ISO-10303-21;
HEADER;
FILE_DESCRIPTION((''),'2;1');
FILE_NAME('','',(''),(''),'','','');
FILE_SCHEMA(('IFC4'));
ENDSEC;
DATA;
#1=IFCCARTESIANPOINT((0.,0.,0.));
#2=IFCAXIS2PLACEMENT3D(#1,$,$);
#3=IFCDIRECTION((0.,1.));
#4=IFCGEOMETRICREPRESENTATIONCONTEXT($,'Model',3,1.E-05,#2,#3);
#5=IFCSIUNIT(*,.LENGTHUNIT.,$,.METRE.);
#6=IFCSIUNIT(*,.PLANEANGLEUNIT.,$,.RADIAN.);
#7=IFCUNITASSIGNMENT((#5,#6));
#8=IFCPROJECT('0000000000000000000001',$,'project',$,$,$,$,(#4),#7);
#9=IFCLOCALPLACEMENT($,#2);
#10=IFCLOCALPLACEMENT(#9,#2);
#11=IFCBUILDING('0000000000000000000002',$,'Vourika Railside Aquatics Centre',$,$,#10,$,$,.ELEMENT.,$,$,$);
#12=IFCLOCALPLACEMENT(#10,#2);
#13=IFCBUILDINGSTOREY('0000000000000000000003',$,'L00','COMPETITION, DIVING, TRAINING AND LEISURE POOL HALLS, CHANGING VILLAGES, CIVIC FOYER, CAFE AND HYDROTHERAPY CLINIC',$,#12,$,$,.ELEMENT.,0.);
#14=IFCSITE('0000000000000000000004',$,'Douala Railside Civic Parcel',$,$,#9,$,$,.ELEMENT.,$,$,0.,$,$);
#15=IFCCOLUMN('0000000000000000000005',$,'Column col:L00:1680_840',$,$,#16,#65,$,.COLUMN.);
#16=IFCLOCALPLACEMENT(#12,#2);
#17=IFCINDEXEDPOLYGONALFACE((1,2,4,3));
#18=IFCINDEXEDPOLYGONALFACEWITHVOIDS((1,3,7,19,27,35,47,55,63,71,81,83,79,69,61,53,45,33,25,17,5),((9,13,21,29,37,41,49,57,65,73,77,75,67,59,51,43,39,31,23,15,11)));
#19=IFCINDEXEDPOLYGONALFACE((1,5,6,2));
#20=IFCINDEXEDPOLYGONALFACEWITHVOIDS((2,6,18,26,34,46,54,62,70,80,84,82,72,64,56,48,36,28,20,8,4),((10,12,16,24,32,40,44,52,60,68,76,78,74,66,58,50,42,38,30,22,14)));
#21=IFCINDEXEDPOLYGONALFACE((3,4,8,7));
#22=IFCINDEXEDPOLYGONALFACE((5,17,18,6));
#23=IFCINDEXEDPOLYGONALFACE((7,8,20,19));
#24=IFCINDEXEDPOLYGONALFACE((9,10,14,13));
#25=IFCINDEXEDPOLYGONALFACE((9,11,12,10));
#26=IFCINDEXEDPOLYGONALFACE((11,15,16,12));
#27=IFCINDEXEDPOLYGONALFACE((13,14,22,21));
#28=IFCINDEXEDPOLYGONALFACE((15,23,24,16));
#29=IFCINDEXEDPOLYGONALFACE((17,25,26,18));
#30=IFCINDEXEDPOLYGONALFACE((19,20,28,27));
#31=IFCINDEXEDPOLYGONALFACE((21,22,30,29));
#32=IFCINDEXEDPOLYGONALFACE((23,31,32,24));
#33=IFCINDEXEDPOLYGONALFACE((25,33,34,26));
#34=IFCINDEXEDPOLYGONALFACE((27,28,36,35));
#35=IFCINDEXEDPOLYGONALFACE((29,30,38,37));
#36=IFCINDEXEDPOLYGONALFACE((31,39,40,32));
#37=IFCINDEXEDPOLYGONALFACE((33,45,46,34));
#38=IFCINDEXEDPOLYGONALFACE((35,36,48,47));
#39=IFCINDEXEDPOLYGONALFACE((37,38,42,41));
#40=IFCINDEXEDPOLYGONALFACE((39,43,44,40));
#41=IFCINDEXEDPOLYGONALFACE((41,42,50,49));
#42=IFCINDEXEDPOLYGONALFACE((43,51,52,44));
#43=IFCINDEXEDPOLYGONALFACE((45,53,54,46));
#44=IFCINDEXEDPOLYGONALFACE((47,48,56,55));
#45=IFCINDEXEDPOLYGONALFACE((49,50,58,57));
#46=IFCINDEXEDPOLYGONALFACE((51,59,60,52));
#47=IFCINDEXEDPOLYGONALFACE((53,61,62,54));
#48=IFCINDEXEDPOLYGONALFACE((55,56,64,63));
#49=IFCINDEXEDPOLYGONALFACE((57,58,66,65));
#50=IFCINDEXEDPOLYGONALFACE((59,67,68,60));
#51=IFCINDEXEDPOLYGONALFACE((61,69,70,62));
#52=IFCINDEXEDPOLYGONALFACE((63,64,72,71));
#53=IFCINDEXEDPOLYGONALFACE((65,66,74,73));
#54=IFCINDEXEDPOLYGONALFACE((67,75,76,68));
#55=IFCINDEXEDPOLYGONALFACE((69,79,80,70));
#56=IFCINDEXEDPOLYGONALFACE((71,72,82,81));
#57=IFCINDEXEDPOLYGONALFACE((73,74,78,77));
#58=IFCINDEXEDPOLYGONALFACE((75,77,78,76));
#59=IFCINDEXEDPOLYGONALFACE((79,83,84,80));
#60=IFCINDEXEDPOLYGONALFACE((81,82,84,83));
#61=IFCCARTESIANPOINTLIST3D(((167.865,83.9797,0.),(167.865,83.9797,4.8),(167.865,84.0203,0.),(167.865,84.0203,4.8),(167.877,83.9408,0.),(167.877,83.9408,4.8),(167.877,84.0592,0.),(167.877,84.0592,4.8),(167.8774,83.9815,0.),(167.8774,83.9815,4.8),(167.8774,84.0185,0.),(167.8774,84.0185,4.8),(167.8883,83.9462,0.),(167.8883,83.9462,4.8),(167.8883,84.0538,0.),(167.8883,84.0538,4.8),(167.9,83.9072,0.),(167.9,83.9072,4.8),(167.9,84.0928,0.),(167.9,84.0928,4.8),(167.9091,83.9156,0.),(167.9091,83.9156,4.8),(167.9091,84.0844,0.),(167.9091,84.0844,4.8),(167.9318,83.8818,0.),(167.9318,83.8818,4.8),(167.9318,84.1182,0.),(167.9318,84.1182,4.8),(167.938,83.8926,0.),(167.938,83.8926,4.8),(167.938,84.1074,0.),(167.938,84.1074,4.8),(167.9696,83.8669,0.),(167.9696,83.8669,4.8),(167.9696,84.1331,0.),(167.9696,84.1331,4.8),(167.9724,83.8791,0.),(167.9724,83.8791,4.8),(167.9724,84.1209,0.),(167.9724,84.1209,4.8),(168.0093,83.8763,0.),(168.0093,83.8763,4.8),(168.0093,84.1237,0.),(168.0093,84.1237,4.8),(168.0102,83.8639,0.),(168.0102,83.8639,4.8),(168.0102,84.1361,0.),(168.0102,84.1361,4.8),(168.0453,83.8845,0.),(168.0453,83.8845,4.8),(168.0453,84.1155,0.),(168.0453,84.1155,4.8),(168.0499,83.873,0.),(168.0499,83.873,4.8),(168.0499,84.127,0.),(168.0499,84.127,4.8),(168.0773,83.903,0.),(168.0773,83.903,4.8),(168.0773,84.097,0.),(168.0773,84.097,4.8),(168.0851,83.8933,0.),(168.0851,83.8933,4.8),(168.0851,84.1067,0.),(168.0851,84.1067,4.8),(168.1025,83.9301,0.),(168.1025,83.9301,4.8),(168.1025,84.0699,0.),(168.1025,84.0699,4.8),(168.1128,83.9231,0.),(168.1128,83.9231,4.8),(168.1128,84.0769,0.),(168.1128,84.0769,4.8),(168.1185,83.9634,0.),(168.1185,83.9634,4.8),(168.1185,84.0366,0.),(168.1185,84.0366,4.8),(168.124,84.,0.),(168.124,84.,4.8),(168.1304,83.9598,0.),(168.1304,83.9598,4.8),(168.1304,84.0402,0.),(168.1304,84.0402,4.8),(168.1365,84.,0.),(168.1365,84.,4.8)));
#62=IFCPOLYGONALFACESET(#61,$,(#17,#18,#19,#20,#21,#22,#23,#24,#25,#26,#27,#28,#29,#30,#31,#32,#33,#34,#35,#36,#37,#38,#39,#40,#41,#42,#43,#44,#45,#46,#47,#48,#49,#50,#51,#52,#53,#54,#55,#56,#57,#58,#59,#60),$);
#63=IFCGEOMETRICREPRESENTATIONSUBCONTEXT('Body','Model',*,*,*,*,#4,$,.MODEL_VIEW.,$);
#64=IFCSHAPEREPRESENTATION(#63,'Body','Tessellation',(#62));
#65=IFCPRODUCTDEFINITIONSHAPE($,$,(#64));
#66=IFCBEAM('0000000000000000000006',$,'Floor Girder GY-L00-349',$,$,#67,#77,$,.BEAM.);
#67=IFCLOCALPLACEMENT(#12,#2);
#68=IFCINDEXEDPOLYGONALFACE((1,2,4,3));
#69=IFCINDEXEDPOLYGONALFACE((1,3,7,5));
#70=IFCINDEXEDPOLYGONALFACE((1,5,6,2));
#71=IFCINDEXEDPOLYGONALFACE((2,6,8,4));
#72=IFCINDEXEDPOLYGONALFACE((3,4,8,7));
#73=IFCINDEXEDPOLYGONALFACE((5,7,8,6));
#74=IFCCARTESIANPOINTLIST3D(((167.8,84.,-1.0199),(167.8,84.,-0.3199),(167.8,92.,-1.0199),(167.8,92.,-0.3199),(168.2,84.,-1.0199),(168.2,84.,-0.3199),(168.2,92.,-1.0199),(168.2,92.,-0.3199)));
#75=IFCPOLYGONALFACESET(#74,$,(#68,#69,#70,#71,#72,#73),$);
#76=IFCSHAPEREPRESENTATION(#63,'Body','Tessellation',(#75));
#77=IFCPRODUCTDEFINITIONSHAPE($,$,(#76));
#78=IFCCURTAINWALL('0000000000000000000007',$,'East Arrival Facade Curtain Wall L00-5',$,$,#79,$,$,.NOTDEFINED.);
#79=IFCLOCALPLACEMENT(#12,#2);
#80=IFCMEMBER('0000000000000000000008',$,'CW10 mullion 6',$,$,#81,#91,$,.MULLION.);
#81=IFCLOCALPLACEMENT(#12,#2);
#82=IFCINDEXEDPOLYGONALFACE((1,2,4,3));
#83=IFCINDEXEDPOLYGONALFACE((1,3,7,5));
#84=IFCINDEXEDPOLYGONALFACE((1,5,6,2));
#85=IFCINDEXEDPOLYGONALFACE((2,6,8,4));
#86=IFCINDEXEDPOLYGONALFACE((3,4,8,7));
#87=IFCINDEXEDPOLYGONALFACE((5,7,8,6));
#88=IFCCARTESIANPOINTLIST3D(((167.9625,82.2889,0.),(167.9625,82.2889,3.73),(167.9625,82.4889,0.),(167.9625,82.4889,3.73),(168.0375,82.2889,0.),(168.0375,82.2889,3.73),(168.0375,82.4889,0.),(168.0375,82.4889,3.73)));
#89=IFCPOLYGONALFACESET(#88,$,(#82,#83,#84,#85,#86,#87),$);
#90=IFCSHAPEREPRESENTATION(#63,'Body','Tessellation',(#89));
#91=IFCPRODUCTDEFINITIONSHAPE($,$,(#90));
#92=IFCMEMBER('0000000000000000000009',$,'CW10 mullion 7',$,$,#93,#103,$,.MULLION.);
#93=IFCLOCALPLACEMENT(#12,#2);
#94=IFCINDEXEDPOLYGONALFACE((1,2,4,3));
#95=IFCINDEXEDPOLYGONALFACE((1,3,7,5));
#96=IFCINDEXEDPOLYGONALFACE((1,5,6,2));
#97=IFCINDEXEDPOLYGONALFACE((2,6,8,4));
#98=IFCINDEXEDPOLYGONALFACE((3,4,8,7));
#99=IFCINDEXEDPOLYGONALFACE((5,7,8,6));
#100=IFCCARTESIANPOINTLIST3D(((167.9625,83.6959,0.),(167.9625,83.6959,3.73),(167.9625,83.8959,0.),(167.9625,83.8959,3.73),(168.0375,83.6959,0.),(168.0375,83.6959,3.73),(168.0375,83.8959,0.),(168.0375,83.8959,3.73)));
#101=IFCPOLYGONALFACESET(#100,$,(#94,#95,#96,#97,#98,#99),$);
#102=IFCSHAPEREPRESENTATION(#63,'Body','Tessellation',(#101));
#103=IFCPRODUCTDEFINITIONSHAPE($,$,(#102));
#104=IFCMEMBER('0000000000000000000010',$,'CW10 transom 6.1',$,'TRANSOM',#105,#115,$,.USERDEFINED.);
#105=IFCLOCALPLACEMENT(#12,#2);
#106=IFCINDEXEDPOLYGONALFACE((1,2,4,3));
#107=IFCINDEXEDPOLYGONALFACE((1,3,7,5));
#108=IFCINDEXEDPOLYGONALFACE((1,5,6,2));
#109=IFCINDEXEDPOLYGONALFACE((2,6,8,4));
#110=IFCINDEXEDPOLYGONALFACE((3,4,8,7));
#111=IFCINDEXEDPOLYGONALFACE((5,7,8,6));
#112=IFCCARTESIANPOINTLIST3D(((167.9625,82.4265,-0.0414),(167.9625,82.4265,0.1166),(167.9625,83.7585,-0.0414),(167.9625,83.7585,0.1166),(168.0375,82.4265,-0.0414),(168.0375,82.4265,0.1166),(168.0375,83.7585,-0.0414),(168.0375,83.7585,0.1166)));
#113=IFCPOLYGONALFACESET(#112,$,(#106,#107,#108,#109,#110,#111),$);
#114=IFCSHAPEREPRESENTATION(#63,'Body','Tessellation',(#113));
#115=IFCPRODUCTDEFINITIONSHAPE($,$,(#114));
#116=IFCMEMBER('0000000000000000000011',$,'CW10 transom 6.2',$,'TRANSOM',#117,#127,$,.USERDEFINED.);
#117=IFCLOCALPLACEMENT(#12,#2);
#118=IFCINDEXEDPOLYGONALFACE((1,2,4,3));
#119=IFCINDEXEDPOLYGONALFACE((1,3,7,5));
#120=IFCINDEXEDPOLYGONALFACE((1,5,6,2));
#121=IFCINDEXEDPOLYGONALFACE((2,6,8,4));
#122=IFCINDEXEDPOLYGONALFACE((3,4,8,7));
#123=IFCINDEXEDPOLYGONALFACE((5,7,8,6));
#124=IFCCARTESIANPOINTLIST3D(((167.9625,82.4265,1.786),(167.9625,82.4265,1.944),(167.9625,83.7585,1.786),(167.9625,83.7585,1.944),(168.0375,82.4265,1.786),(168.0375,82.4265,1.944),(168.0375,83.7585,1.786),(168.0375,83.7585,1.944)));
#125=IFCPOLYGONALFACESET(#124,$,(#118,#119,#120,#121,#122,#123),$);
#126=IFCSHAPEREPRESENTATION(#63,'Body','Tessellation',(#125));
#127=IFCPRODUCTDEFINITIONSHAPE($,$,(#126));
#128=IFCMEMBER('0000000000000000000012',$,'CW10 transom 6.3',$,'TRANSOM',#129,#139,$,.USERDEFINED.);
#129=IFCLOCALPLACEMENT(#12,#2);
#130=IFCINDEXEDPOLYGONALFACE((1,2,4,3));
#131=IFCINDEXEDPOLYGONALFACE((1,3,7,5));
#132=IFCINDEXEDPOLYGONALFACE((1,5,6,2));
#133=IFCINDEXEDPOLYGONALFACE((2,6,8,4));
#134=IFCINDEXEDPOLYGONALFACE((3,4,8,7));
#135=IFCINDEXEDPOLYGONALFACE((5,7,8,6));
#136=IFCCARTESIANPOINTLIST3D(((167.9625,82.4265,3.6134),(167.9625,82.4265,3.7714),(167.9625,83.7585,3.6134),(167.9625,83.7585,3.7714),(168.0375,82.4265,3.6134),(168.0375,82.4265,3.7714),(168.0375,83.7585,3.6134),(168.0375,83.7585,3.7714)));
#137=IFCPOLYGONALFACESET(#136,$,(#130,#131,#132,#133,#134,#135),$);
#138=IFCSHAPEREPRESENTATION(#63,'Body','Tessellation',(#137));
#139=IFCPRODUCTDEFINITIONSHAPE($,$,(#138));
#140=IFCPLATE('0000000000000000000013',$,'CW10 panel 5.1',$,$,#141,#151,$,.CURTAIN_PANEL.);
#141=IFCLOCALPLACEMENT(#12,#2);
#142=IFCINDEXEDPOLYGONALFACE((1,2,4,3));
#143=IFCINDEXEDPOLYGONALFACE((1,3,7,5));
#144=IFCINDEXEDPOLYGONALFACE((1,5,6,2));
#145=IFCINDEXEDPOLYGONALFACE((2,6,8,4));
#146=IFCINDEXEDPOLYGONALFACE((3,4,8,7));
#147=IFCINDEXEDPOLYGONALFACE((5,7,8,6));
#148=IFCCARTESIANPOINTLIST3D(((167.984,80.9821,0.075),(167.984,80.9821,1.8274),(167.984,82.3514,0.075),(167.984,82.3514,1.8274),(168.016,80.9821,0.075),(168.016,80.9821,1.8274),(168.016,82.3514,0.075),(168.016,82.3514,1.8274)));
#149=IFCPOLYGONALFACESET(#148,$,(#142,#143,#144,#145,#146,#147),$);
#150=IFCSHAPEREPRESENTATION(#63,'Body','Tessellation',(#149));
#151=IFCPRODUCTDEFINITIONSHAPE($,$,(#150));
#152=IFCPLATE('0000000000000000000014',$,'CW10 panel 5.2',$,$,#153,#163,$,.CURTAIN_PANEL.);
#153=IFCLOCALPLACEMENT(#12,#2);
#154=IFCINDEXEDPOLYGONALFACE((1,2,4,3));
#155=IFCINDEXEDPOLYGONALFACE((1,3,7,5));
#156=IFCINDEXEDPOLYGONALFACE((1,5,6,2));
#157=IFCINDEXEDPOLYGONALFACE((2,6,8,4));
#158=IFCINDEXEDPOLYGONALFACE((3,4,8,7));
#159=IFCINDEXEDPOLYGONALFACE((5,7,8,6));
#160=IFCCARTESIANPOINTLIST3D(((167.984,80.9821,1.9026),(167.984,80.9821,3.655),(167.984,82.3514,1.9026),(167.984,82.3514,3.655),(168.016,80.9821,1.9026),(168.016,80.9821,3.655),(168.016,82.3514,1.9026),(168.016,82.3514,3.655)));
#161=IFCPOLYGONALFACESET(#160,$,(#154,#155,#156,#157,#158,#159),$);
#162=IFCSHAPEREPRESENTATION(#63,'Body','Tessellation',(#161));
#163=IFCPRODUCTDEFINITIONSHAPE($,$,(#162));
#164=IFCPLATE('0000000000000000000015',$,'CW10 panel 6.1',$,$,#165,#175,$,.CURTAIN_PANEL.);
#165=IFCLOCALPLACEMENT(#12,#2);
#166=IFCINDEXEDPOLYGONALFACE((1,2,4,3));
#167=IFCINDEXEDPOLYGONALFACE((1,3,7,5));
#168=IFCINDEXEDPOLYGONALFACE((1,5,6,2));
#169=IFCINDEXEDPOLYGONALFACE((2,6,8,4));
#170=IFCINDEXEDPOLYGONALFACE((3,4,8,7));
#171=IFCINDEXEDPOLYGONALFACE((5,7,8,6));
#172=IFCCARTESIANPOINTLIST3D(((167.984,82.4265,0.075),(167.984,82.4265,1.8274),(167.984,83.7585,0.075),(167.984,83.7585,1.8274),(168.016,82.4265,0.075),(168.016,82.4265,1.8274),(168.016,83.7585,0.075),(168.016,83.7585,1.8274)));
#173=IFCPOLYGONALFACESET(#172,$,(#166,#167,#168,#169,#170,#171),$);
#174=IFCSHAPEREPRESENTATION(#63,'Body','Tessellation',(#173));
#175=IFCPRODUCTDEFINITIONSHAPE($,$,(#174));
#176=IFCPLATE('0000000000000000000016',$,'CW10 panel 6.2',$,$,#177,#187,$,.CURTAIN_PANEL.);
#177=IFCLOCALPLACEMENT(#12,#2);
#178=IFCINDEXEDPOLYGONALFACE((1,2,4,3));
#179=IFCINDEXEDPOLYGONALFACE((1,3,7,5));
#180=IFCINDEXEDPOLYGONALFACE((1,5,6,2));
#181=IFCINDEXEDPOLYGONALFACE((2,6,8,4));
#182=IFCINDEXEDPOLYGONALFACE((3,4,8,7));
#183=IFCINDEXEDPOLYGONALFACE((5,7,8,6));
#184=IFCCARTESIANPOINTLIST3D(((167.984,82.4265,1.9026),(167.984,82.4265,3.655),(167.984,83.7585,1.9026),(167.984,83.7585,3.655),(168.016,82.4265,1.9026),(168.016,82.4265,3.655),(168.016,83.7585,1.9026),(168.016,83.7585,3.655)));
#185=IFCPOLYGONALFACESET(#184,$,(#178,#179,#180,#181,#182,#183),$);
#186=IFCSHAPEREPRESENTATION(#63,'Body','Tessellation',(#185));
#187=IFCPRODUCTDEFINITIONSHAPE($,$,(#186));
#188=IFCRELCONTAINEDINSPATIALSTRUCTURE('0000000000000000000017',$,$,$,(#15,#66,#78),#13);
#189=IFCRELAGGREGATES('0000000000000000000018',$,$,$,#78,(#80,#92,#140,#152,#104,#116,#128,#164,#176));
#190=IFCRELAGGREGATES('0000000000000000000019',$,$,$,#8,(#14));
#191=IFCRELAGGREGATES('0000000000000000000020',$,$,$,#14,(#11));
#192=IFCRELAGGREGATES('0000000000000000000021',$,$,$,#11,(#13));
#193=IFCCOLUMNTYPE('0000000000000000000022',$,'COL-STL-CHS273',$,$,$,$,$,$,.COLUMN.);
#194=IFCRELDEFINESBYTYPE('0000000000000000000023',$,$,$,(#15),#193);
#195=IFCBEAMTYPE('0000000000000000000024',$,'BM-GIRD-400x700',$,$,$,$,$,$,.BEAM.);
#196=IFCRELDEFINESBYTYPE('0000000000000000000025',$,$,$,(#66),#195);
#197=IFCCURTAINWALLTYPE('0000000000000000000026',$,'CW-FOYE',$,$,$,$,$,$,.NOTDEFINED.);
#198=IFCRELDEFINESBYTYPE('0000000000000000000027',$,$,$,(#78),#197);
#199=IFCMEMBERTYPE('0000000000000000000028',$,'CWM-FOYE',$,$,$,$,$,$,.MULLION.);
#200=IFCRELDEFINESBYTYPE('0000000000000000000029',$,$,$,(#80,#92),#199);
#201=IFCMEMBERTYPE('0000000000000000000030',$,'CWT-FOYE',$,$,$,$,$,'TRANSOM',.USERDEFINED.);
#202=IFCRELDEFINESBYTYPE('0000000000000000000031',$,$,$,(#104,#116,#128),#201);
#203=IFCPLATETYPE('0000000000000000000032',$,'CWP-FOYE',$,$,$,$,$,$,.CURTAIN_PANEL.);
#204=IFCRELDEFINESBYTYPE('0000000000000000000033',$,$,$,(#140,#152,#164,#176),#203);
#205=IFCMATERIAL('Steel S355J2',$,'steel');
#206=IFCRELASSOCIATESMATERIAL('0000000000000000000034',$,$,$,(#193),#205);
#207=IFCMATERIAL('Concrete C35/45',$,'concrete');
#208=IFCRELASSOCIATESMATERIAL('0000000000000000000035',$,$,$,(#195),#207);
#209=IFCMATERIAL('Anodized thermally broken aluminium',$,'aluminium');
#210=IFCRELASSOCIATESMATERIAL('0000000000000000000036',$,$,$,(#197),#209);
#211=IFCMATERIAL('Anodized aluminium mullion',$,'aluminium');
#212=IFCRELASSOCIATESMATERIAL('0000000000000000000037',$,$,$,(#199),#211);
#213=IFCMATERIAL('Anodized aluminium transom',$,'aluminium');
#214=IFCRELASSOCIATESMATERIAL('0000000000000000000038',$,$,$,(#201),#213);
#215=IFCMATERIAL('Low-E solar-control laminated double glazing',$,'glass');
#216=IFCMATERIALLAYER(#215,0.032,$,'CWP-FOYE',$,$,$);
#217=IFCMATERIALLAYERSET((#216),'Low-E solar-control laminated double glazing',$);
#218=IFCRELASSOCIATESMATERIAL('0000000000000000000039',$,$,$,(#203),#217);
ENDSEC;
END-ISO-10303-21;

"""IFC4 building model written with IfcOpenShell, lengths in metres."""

from ifc_helpers import new_model, si_unit, direction, frame, origin, origin_2d, place, context, subcontext, project, spatial, rectangle, hollow_circle, extrude, material, layer, layer_set, material_profile, profile_set, type_object, element, aggregate, save


model = new_model("IFC4")

# Units and contexts
model_context = context("Model", 3, precision=1e-05, world=origin(), true_north=direction((0.0, 1.0)))
body_context = subcontext(model_context, "Body", "Model", "MODEL_VIEW")
ifc_project = project(units=[si_unit("LENGTHUNIT", "METRE"), si_unit("PLANEANGLEUNIT", "RADIAN")], contexts=[model_context])

# Site, building, storey
site_placement = place(None, origin())
site = spatial("IfcSite", under=ifc_project, at=site_placement, Name="Douala Railside Civic Parcel", CompositionType="ELEMENT", RefElevation=0.0)
building_placement = place(site_placement, origin())
building = spatial("IfcBuilding", under=site, at=building_placement, Name="Vourika Railside Aquatics Centre", CompositionType="ELEMENT")
storey_placement = place(building_placement, origin())
storey = spatial("IfcBuildingStorey", under=building, at=storey_placement, Name="L00", Description="COMPETITION, DIVING, TRAINING AND LEISURE POOL HALLS, CHANGING VILLAGES, CIVIC FOYER, CAFE AND HYDROTHERAPY CLINIC", CompositionType="ELEMENT", Elevation=0.0)

# Column
ifc_material_1 = material(Name="Steel S355J2", Category="steel")
ifc_material_profile_1 = material_profile(ifc_material_1, hollow_circle(Radius=0.1365, WallThickness=0.0125, at=origin_2d()), Name="CHS 273x12.5")
ifc_profile_set_1 = profile_set([ifc_material_profile_1], Name="Steel S355J2")
column_type = type_object("IfcColumnType", Name="COL-STL-CHS273", PredefinedType="COLUMN", material=ifc_profile_set_1)
column_placement = place(storey_placement, frame((168.0, 84.0, 0.0), z_axis=(0.0, 0.0, 1.0), x_axis=(1.0, 0.0, 0.0)))
element("IfcColumn", 1, at=column_placement, inside=storey, type_object=column_type, Name="Column col:L00:1680_840", PredefinedType="COLUMN", context=body_context, shape_type="SweptSolid", body=[
    extrude(hollow_circle(Radius=0.1365, WallThickness=0.0125, at=origin_2d()), origin(), (0.0, 0.0, 1.0), 4.8),
])

# Beam
ifc_material_2 = material(Name="Concrete C35/45", Category="concrete")
ifc_material_profile_2 = material_profile(ifc_material_2, rectangle(XDim=0.3999, YDim=0.7, at=origin_2d()), Name="RC 400x700")
ifc_profile_set_2 = profile_set([ifc_material_profile_2], Name="Concrete C35/45")
beam_type = type_object("IfcBeamType", Name="BM-GIRD-400x700", PredefinedType="BEAM", material=ifc_profile_set_2)
beam_placement = place(storey_placement, frame((168.0, 84.0, -0.6699), z_axis=(0.0, 1.0, 0.0), x_axis=(-1.0, 0.0, 0.0)))
element("IfcBeam", 2, at=beam_placement, inside=storey, type_object=beam_type, Name="Floor Girder GY-L00-349", PredefinedType="BEAM", context=body_context, shape_type="SweptSolid", body=[
    extrude(rectangle(XDim=0.3999, YDim=0.7, at=origin_2d()), origin(), (0.0, 0.0, 1.0), 8.0),
])

# Curtain wall, members, plates
ifc_material_3 = material(Name="Anodized thermally broken aluminium", Category="aluminium")
curtain_wall_type = type_object("IfcCurtainWallType", Name="CW-FOYE", PredefinedType="NOTDEFINED", material=ifc_material_3)
curtain_wall_placement = place(storey_placement, origin())
curtain_wall = element("IfcCurtainWall", 3, at=curtain_wall_placement, inside=storey, type_object=curtain_wall_type, Name="East Arrival Facade Curtain Wall L00-5", PredefinedType="NOTDEFINED")
ifc_material_4 = material(Name="Anodized aluminium mullion", Category="aluminium")
ifc_material_profile_3 = material_profile(ifc_material_4, rectangle(XDim=0.075, YDim=0.2, at=origin_2d()), Name="ALU-M 75x200")
ifc_profile_set_3 = profile_set([ifc_material_profile_3], Name="Anodized aluminium mullion")
member_type_1 = type_object("IfcMemberType", Name="CWM-FOYE", PredefinedType="MULLION", material=ifc_profile_set_3)
member_1_placement = place(storey_placement, frame((168.0, 82.3889, 0.0), z_axis=(0.0, 0.0, 1.0), x_axis=(-1.0, 0.0, 0.0)))
member_1 = element("IfcMember", 4, at=member_1_placement, type_object=member_type_1, Name="CW10 mullion 6", PredefinedType="MULLION", context=body_context, shape_type="SweptSolid", body=[
    extrude(rectangle(XDim=0.075, YDim=0.2, at=origin_2d()), origin(), (0.0, 0.0, 1.0), 3.73),
])
member_2_placement = place(storey_placement, frame((168.0, 83.7959, 0.0), z_axis=(0.0, 0.0, 1.0), x_axis=(-1.0, 0.0, 0.0)))
member_2 = element("IfcMember", 5, at=member_2_placement, type_object=member_type_1, Name="CW10 mullion 7", PredefinedType="MULLION", context=body_context, shape_type="SweptSolid", body=[
    extrude(rectangle(XDim=0.075, YDim=0.2, at=origin_2d()), origin(), (0.0, 0.0, 1.0), 3.73),
])
ifc_material_5 = material(Name="Anodized aluminium transom", Category="aluminium")
ifc_material_profile_4 = material_profile(ifc_material_5, rectangle(XDim=0.075, YDim=0.158, at=origin_2d()), Name="ALU-T 75x158")
ifc_profile_set_4 = profile_set([ifc_material_profile_4], Name="Anodized aluminium transom")
member_type_2 = type_object("IfcMemberType", Name="CWT-FOYE", ElementType="TRANSOM", PredefinedType="USERDEFINED", material=ifc_profile_set_4)
member_3_placement = place(storey_placement, frame((168.0, 82.4265, 0.0376), z_axis=(0.0, 1.0, 0.0), x_axis=(-1.0, 0.0, 0.0)))
member_3 = element("IfcMember", 6, at=member_3_placement, type_object=member_type_2, Name="CW10 transom 6.1", ObjectType="TRANSOM", PredefinedType="USERDEFINED", context=body_context, shape_type="SweptSolid", body=[
    extrude(rectangle(XDim=0.075, YDim=0.158, at=origin_2d()), origin(), (0.0, 0.0, 1.0), 1.332),
])
member_4_placement = place(storey_placement, frame((168.0, 82.4265, 1.865), z_axis=(0.0, 1.0, 0.0), x_axis=(-1.0, 0.0, 0.0)))
member_4 = element("IfcMember", 7, at=member_4_placement, type_object=member_type_2, Name="CW10 transom 6.2", ObjectType="TRANSOM", PredefinedType="USERDEFINED", context=body_context, shape_type="SweptSolid", body=[
    extrude(rectangle(XDim=0.075, YDim=0.158, at=origin_2d()), origin(), (0.0, 0.0, 1.0), 1.332),
])
member_5_placement = place(storey_placement, frame((168.0, 82.4265, 3.6924), z_axis=(0.0, 1.0, 0.0), x_axis=(-1.0, 0.0, 0.0)))
member_5 = element("IfcMember", 8, at=member_5_placement, type_object=member_type_2, Name="CW10 transom 6.3", ObjectType="TRANSOM", PredefinedType="USERDEFINED", context=body_context, shape_type="SweptSolid", body=[
    extrude(rectangle(XDim=0.075, YDim=0.158, at=origin_2d()), origin(), (0.0, 0.0, 1.0), 1.332),
])
ifc_material_6 = material(Name="Low-E solar-control laminated double glazing", Category="glass")
ifc_layer_1 = layer(ifc_material_6, 0.032, Name="CWP-FOYE")
ifc_layer_set_1 = layer_set([ifc_layer_1], Name="Low-E solar-control laminated double glazing")
plate_type_1 = type_object("IfcPlateType", Name="CWP-FOYE", PredefinedType="CURTAIN_PANEL", material=ifc_layer_set_1)
plate_1_placement = place(storey_placement, frame((168.0, 81.6667, 0.075), z_axis=(0.0, 0.0, 1.0), x_axis=(0.0, 1.0, 0.0)))
plate_1 = element("IfcPlate", 9, at=plate_1_placement, type_object=plate_type_1, Name="CW10 panel 5.1", PredefinedType="CURTAIN_PANEL", context=body_context, shape_type="SweptSolid", body=[
    extrude(rectangle(XDim=1.3694, YDim=0.032, at=origin_2d()), origin(), (0.0, 0.0, 1.0), 1.7524),
])
plate_2_placement = place(storey_placement, frame((168.0, 81.6667, 1.9026), z_axis=(0.0, 0.0, 1.0), x_axis=(0.0, 1.0, 0.0)))
plate_2 = element("IfcPlate", 10, at=plate_2_placement, type_object=plate_type_1, Name="CW10 panel 5.2", PredefinedType="CURTAIN_PANEL", context=body_context, shape_type="SweptSolid", body=[
    extrude(rectangle(XDim=1.3694, YDim=0.032, at=origin_2d()), origin(), (0.0, 0.0, 1.0), 1.7524),
])
plate_3_placement = place(storey_placement, frame((168.0, 83.0925, 0.075), z_axis=(0.0, 0.0, 1.0), x_axis=(0.0, 1.0, 0.0)))
plate_3 = element("IfcPlate", 11, at=plate_3_placement, type_object=plate_type_1, Name="CW10 panel 6.1", PredefinedType="CURTAIN_PANEL", context=body_context, shape_type="SweptSolid", body=[
    extrude(rectangle(XDim=1.332, YDim=0.032, at=origin_2d()), origin(), (0.0, 0.0, 1.0), 1.7524),
])
plate_4_placement = place(storey_placement, frame((168.0, 83.0925, 1.9026), z_axis=(0.0, 0.0, 1.0), x_axis=(0.0, 1.0, 0.0)))
plate_4 = element("IfcPlate", 12, at=plate_4_placement, type_object=plate_type_1, Name="CW10 panel 6.2", PredefinedType="CURTAIN_PANEL", context=body_context, shape_type="SweptSolid", body=[
    extrude(rectangle(XDim=1.332, YDim=0.032, at=origin_2d()), origin(), (0.0, 0.0, 1.0), 1.7524),
])
aggregate(curtain_wall, [member_1, member_2, plate_1, plate_2, member_3, member_4, member_5, plate_3, plate_4])

save(model, "model.ifc")
